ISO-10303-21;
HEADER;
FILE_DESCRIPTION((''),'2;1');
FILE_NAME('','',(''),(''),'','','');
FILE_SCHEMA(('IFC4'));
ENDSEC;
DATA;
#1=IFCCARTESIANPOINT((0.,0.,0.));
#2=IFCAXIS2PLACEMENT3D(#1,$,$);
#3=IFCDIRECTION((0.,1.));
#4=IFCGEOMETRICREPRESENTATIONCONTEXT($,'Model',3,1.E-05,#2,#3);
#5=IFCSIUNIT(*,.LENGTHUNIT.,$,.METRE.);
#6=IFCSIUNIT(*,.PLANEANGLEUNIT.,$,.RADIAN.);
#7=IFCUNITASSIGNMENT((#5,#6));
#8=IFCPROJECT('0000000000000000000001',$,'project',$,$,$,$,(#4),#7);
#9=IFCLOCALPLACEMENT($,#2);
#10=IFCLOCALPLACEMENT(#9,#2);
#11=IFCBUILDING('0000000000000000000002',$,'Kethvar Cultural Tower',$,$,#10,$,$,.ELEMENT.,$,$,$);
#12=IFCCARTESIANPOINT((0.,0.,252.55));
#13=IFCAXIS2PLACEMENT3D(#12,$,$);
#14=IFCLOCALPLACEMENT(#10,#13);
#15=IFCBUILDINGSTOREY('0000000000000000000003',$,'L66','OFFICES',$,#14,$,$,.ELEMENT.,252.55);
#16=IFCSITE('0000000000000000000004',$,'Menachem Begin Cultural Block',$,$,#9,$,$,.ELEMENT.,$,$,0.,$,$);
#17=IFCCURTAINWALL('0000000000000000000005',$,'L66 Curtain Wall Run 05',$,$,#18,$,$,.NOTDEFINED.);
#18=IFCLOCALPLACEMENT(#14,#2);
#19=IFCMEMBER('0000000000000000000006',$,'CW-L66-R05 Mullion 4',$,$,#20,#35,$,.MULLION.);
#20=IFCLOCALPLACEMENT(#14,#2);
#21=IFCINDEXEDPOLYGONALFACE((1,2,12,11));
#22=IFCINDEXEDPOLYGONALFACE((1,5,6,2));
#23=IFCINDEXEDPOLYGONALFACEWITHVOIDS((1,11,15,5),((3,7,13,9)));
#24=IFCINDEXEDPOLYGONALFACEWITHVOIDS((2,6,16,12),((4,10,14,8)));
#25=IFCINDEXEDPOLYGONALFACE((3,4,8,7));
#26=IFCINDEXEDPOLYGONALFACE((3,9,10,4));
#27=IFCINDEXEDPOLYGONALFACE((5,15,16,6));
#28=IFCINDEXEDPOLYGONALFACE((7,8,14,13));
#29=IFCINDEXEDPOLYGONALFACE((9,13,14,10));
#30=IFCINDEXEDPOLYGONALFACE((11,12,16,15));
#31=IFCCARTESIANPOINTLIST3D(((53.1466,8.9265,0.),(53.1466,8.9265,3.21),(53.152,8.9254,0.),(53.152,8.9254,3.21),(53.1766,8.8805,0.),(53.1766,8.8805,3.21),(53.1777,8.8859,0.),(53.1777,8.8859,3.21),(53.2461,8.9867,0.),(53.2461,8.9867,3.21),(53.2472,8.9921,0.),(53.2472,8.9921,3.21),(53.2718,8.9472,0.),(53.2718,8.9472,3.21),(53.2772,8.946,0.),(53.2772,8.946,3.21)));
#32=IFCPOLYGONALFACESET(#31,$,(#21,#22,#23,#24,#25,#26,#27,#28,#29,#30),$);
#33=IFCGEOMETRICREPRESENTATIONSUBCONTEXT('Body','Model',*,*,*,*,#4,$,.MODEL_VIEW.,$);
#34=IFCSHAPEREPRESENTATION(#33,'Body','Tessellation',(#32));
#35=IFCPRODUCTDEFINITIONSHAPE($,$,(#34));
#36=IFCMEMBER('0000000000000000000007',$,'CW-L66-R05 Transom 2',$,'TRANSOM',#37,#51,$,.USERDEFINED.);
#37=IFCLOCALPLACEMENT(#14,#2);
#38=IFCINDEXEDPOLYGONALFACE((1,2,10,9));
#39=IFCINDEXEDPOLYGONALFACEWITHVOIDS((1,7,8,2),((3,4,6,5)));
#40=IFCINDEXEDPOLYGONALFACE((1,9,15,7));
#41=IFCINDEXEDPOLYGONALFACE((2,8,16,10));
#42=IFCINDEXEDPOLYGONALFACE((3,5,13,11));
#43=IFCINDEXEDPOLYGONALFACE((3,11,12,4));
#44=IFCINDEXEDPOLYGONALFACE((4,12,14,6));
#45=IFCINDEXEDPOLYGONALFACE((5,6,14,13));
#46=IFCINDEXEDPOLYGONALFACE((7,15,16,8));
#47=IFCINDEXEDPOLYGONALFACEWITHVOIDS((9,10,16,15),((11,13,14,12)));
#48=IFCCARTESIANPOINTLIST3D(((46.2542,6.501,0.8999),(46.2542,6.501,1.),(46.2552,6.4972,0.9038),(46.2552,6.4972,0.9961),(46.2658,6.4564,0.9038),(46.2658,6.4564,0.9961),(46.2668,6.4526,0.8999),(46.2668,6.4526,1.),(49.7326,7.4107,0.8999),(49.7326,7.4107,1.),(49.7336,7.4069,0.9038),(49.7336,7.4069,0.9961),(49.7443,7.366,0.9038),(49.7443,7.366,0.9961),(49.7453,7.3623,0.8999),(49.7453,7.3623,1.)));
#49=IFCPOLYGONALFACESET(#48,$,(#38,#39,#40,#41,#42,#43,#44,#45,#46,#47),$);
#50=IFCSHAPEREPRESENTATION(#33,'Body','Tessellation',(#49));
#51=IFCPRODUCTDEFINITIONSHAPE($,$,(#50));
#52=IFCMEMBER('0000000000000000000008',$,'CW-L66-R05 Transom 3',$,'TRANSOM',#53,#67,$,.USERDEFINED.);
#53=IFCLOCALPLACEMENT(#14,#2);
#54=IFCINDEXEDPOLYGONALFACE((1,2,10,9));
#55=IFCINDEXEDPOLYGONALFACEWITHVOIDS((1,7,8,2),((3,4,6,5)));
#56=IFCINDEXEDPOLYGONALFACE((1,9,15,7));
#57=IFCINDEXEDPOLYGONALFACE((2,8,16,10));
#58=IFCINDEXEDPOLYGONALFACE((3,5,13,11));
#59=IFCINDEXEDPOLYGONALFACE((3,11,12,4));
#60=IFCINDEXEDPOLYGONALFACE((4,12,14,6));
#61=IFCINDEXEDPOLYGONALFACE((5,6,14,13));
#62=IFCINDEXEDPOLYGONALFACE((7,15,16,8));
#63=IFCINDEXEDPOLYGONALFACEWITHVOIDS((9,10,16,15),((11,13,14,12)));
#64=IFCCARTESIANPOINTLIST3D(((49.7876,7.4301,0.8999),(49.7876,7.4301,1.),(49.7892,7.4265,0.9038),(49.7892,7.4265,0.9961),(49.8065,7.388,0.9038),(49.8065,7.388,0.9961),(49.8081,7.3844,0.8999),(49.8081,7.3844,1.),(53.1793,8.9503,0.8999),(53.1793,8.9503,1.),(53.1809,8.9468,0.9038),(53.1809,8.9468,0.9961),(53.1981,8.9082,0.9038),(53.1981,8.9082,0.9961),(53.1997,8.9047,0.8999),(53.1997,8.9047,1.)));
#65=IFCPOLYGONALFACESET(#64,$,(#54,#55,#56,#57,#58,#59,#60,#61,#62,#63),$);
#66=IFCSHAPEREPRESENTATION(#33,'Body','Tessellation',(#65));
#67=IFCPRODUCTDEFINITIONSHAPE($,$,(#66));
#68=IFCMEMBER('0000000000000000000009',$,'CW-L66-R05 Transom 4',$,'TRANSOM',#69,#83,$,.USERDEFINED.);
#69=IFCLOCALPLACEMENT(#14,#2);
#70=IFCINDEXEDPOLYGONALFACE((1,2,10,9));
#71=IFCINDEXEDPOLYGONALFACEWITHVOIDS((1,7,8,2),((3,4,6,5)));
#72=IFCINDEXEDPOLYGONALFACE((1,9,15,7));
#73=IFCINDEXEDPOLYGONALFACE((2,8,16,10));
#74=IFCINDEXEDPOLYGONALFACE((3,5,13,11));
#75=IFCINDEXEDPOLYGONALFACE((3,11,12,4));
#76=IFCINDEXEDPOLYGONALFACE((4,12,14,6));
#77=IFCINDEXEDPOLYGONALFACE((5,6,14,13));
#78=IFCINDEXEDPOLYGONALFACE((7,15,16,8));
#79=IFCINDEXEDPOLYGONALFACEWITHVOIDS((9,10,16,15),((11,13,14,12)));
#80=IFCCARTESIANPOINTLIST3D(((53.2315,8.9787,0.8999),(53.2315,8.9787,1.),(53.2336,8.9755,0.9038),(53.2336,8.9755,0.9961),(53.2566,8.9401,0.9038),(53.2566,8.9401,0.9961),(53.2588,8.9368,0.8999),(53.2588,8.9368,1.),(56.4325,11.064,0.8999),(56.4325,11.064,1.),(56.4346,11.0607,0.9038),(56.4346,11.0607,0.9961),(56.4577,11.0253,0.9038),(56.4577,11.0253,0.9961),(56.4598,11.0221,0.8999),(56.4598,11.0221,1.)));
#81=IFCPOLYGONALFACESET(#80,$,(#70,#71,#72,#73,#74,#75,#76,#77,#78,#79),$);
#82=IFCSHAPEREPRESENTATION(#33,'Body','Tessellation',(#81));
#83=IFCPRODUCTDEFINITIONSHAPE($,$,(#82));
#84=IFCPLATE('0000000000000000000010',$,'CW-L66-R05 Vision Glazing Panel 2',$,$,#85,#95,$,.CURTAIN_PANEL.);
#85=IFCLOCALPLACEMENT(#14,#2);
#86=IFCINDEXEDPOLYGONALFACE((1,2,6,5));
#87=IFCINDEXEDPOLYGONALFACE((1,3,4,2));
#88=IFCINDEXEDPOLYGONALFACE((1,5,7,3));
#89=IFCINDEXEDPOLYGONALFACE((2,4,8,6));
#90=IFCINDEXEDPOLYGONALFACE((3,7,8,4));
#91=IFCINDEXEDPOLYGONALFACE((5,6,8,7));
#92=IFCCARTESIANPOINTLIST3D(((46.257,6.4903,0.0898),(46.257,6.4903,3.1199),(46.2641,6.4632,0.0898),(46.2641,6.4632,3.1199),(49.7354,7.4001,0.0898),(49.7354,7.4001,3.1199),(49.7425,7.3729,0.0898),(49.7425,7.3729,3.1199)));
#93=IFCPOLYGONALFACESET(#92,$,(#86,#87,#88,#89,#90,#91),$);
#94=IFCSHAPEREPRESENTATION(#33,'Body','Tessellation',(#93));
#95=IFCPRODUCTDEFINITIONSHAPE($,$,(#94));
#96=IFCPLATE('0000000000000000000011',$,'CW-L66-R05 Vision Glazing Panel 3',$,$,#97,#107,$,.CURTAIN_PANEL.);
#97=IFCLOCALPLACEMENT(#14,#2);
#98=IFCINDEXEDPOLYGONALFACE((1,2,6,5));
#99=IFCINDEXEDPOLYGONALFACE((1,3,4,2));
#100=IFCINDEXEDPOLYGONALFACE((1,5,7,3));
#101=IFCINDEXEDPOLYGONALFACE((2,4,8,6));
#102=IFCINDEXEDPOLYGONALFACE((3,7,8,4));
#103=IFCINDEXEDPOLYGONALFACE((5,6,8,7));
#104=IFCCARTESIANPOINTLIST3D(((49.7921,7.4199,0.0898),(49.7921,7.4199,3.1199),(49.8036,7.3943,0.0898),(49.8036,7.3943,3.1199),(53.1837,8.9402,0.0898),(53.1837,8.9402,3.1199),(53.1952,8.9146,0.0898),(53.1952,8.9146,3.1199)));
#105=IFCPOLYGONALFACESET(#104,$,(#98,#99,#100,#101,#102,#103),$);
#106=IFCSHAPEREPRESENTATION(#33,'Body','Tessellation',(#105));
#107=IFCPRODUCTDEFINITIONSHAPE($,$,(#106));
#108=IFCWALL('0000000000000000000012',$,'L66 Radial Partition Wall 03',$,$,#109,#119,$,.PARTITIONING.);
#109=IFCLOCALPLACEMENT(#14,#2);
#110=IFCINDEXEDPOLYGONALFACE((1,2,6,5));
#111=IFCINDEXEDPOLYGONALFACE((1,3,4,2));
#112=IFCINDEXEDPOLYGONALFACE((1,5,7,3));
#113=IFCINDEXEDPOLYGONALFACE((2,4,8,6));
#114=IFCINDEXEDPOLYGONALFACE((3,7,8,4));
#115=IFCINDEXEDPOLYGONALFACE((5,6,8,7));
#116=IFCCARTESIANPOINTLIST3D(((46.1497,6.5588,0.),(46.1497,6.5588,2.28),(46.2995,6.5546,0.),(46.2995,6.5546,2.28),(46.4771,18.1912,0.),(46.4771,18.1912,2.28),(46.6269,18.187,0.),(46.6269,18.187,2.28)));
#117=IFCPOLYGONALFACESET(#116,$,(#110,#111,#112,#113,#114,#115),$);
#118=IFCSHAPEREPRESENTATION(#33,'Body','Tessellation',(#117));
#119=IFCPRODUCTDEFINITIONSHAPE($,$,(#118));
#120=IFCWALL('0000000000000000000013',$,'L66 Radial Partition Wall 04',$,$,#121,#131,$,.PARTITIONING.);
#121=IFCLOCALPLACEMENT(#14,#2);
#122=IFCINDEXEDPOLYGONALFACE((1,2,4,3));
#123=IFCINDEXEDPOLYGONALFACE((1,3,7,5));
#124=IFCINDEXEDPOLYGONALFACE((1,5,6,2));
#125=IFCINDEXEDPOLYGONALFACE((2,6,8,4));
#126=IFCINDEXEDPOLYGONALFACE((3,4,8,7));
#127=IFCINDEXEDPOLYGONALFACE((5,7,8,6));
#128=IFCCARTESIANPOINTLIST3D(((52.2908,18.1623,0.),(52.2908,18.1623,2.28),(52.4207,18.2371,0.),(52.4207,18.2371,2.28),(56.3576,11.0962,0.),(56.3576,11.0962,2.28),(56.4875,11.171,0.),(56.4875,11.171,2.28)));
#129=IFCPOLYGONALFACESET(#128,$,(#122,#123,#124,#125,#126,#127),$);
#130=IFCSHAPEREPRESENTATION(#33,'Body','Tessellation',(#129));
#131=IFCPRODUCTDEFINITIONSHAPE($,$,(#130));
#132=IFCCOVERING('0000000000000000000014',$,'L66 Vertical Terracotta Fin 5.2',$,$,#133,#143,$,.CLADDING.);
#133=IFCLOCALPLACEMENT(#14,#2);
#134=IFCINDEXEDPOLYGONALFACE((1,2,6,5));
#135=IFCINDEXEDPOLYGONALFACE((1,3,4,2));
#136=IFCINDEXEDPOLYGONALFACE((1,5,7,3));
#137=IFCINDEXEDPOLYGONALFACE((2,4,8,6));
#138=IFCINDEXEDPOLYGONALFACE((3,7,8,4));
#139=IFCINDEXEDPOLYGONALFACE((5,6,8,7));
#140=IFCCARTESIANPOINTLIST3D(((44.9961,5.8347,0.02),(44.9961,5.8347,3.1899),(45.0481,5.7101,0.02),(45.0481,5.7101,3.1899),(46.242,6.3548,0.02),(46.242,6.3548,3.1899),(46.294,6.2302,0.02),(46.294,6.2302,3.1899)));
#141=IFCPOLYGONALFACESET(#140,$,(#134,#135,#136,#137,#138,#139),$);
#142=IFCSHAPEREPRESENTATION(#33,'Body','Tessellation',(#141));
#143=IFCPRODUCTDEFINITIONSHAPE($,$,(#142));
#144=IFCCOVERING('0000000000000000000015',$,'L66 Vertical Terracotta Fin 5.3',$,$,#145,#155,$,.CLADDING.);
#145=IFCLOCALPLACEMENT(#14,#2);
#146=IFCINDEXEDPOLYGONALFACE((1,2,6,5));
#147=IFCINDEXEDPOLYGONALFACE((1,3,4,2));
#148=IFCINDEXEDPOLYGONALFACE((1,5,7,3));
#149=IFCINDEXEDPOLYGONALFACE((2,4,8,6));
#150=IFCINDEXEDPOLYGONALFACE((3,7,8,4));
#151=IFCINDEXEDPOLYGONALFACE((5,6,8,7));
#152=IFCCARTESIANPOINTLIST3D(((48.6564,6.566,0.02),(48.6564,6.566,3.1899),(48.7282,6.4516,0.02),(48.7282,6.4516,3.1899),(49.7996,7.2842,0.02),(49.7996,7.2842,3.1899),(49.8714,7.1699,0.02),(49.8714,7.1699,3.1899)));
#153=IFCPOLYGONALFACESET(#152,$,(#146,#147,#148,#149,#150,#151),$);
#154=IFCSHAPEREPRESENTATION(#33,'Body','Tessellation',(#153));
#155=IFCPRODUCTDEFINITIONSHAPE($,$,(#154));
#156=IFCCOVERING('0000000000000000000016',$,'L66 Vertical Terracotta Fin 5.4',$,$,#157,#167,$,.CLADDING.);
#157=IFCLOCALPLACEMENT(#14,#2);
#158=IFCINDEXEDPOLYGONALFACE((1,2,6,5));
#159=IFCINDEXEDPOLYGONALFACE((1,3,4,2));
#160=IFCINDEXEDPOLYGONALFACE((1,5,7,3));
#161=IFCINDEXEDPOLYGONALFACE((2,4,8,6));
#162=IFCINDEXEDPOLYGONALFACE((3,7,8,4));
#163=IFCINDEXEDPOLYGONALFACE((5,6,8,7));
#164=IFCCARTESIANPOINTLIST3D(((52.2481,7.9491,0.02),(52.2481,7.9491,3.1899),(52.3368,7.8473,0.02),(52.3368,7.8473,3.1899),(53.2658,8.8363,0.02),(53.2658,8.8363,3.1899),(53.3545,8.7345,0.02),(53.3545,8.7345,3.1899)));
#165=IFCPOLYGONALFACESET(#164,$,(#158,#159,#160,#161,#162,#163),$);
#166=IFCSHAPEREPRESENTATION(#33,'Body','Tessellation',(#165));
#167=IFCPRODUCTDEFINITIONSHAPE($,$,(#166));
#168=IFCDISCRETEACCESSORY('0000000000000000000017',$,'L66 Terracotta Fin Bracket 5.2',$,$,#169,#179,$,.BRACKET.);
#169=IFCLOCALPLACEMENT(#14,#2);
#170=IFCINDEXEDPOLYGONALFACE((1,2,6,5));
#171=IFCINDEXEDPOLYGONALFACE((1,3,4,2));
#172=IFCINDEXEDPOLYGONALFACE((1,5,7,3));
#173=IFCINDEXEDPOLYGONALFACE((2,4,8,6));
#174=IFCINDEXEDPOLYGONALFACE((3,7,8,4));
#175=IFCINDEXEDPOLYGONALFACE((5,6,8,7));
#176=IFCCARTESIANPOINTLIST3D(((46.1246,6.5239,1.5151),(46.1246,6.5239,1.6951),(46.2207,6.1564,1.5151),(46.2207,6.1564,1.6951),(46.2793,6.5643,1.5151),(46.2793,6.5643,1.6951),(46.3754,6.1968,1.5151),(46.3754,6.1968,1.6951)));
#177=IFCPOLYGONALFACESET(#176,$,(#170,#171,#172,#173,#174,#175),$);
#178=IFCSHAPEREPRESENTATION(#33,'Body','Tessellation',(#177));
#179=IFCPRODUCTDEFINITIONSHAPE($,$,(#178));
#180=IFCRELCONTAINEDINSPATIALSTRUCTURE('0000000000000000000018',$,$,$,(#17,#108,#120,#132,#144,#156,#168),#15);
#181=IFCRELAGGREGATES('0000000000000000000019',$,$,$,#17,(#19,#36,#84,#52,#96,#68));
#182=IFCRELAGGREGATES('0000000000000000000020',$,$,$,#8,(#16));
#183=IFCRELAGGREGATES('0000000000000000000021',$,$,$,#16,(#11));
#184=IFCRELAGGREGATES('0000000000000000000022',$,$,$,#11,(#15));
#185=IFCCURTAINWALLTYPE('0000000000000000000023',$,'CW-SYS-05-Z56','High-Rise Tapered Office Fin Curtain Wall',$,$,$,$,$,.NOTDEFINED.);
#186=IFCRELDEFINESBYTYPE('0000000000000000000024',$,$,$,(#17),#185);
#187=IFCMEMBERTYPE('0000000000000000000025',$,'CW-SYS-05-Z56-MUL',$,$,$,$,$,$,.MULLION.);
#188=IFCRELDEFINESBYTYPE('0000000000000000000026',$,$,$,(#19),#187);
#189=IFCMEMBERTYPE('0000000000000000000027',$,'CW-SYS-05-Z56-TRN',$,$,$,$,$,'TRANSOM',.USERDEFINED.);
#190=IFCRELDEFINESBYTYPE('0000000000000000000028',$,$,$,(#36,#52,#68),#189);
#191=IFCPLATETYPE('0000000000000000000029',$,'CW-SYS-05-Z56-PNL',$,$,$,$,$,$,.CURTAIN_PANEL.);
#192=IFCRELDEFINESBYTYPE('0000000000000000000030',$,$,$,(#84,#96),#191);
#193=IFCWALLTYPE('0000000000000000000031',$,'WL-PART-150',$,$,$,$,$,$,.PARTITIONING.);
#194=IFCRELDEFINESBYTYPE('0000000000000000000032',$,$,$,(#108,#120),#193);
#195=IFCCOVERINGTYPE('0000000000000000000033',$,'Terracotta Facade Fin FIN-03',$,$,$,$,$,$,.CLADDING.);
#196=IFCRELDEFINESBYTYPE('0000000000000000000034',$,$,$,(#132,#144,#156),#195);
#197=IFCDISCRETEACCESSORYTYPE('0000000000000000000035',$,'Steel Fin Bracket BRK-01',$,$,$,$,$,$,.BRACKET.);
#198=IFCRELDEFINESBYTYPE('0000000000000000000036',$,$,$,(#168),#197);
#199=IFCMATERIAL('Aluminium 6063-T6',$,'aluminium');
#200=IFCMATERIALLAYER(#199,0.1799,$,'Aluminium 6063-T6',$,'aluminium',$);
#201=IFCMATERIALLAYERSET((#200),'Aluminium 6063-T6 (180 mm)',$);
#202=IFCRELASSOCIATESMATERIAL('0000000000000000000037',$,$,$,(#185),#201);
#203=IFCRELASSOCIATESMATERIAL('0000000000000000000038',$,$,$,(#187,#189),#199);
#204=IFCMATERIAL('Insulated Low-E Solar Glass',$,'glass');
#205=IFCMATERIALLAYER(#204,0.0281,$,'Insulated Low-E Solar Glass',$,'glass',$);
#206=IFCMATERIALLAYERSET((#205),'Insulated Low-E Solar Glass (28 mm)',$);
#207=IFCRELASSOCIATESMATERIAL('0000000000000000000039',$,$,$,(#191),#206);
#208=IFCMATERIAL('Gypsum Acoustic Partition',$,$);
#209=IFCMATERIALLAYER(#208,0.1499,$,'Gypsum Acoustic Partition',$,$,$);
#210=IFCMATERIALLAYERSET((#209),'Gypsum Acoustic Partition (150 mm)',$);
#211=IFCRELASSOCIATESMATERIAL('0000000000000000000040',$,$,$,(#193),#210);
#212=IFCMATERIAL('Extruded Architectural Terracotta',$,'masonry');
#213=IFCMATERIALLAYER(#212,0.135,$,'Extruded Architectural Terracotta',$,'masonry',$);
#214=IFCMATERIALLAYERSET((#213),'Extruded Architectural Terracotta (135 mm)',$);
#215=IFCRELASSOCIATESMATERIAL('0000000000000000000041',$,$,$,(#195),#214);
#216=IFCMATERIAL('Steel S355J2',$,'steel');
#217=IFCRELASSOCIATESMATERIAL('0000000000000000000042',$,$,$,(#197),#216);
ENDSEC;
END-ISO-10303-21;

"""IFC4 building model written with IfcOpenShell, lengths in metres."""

from ifc_helpers import new_model, si_unit, direction, frame, frame_2d, origin, origin_2d, place, context, subcontext, project, spatial, rectangle, hollow_rectangle, extrude, source, transform, mapped, material, layer, layer_set, material_profile, profile_set, type_object, element, aggregate, save


model = new_model("IFC4")

# Units and contexts
model_context = context("Model", 3, precision=1e-05, world=origin(), true_north=direction((0.0, 1.0)))
body_context = subcontext(model_context, "Body", "Model", "MODEL_VIEW")
ifc_project = project(units=[si_unit("LENGTHUNIT", "METRE"), si_unit("PLANEANGLEUNIT", "RADIAN")], contexts=[model_context])

# Site, building, storey
site_placement = place(None, origin())
site = spatial("IfcSite", under=ifc_project, at=site_placement, Name="Menachem Begin Cultural Block", CompositionType="ELEMENT", RefElevation=0.0)
building_placement = place(site_placement, origin())
building = spatial("IfcBuilding", under=site, at=building_placement, Name="Kethvar Cultural Tower", CompositionType="ELEMENT")
storey_placement = place(building_placement, frame((0.0, 0.0, 252.55)))
storey = spatial("IfcBuildingStorey", under=building, at=storey_placement, Name="L66", Description="OFFICES", CompositionType="ELEMENT", Elevation=252.55)

# Shared definitions
ifc_material_1 = material(Name="Steel S355J2", Category="steel")

# Curtain wall, members, plates
ifc_material_2 = material(Name="Aluminium 6063-T6", Category="aluminium")
ifc_layer_1 = layer(ifc_material_2, 0.1799, Name="Aluminium 6063-T6", Category="aluminium")
ifc_layer_set_1 = layer_set([ifc_layer_1], Name="Aluminium 6063-T6 (180 mm)")
curtain_wall_type = type_object("IfcCurtainWallType", Name="CW-SYS-05-Z56", Description="High-Rise Tapered Office Fin Curtain Wall", PredefinedType="NOTDEFINED", material=ifc_layer_set_1)
curtain_wall_placement = place(storey_placement, origin())
curtain_wall = element("IfcCurtainWall", 1, at=curtain_wall_placement, inside=storey, type_object=curtain_wall_type, Name="L66 Curtain Wall Run 05", PredefinedType="NOTDEFINED")
ifc_material_profile_1 = material_profile(ifc_material_2, hollow_rectangle(XDim=0.0549, YDim=0.1201, WallThickness=0.0039, at=origin_2d()), Name="Aluminium 6063-T6 — RHS120x55x4")
ifc_profile_set_1 = profile_set([ifc_material_profile_1], Name="Aluminium 6063-T6 — RHS120x55x4")
member_type_1 = type_object("IfcMemberType", Name="CW-SYS-05-Z56-MUL", PredefinedType="MULLION", material=ifc_profile_set_1)
shared_shape_1 = source(origin(), body_context, "Body", "SweptSolid", [
    extrude(hollow_rectangle(XDim=0.0549, YDim=0.1201, WallThickness=0.0039, at=origin_2d()), origin(), (0.0, 0.0, 1.0), 3.21),
])
member_1_placement = place(storey_placement, frame((53.2119, 8.9363, 0.0), z_axis=(0.0, 0.0, 1.0), x_axis=(-0.545795, 0.837919, 0.0)))
member_1 = element("IfcMember", 2, at=member_1_placement, type_object=member_type_1, Name="CW-L66-R05 Mullion 4", PredefinedType="MULLION", context=body_context, shape_type="MappedRepresentation", body=[
    mapped(shared_shape_1, transform((0.0, 0.0, 0.0), scale=1.0)),
])
ifc_material_profile_2 = material_profile(ifc_material_2, hollow_rectangle(XDim=0.05, YDim=0.1001, WallThickness=0.0039, at=origin_2d()), Name="Aluminium 6063-T6 — RHS100x50x4")
ifc_profile_set_2 = profile_set([ifc_material_profile_2], Name="Aluminium 6063-T6 — RHS100x50x4")
member_type_2 = type_object("IfcMemberType", Name="CW-SYS-05-Z56-TRN", ElementType="TRANSOM", PredefinedType="USERDEFINED", material=ifc_profile_set_2)
shared_shape_2 = source(origin(), body_context, "Body", "SweptSolid", [
    extrude(hollow_rectangle(XDim=0.05, YDim=0.1001, WallThickness=0.0039, at=origin_2d()), origin(), (0.0, 0.0, 1.0), 3.5955),
])
member_2_placement = place(storey_placement, frame((46.2605, 6.4768, 0.95), z_axis=(0.967466, 0.253002, 0.0), x_axis=(-0.253002, 0.967466, 0.0)))
member_2 = element("IfcMember", 3, at=member_2_placement, type_object=member_type_2, Name="CW-L66-R05 Transom 2", ObjectType="TRANSOM", PredefinedType="USERDEFINED", context=body_context, shape_type="MappedRepresentation", body=[
    mapped(shared_shape_2, transform((0.0, 0.0, 0.0), scale=1.0)),
])
shared_shape_3 = source(origin(), body_context, "Body", "SweptSolid", [
    extrude(hollow_rectangle(XDim=0.05, YDim=0.1001, WallThickness=0.0039, at=origin_2d()), origin(), (0.0, 0.0, 1.0), 3.7168),
])
member_3_placement = place(storey_placement, frame((49.7979, 7.4072, 0.95), z_axis=(0.91252, 0.409031, 0.0), x_axis=(-0.409031, 0.91252, 0.0)))
member_3 = element("IfcMember", 4, at=member_3_placement, type_object=member_type_2, Name="CW-L66-R05 Transom 3", ObjectType="TRANSOM", PredefinedType="USERDEFINED", context=body_context, shape_type="MappedRepresentation", body=[
    mapped(shared_shape_3, transform((0.0, 0.0, 0.0), scale=1.0)),
])
shared_shape_4 = source(origin(), body_context, "Body", "SweptSolid", [
    extrude(hollow_rectangle(XDim=0.05, YDim=0.1001, WallThickness=0.0039, at=origin_2d()), origin(), (0.0, 0.0, 1.0), 3.8203),
])
member_4_placement = place(storey_placement, frame((53.2451, 8.9578, 0.95), z_axis=(0.837893, 0.545835, 0.0), x_axis=(-0.545835, 0.837893, 0.0)))
member_4 = element("IfcMember", 5, at=member_4_placement, type_object=member_type_2, Name="CW-L66-R05 Transom 4", ObjectType="TRANSOM", PredefinedType="USERDEFINED", context=body_context, shape_type="MappedRepresentation", body=[
    mapped(shared_shape_4, transform((0.0, 0.0, 0.0), scale=1.0)),
])
ifc_material_3 = material(Name="Insulated Low-E Solar Glass", Category="glass")
ifc_layer_2 = layer(ifc_material_3, 0.0281, Name="Insulated Low-E Solar Glass", Category="glass")
ifc_layer_set_2 = layer_set([ifc_layer_2], Name="Insulated Low-E Solar Glass (28 mm)")
plate_type = type_object("IfcPlateType", Name="CW-SYS-05-Z56-PNL", PredefinedType="CURTAIN_PANEL", material=ifc_layer_set_2)
shared_shape_5 = source(origin(), body_context, "Body", "SweptSolid", [
    extrude(rectangle(XDim=3.5955, YDim=0.0281, at=origin_2d()), origin(), (0.0, 0.0, 1.0), 3.03),
])
plate_1_placement = place(storey_placement, frame((47.9998, 6.9316, 0.0898), z_axis=(0.0, 0.0, 1.0), x_axis=(0.967458, 0.253032, 0.0)))
plate_1 = element("IfcPlate", 6, at=plate_1_placement, type_object=plate_type, Name="CW-L66-R05 Vision Glazing Panel 2", PredefinedType="CURTAIN_PANEL", context=body_context, shape_type="MappedRepresentation", body=[
    mapped(shared_shape_5, transform((0.0, 0.0, 0.0), scale=1.0)),
])
shared_shape_6 = source(origin(), body_context, "Body", "SweptSolid", [
    extrude(rectangle(XDim=3.7168, YDim=0.0281, at=origin_2d()), origin(), (0.0, 0.0, 1.0), 3.03),
])
plate_2_placement = place(storey_placement, frame((51.4937, 8.1672, 0.0898), z_axis=(0.0, 0.0, 1.0), x_axis=(0.91252, 0.409031, 0.0)))
plate_2 = element("IfcPlate", 7, at=plate_2_placement, type_object=plate_type, Name="CW-L66-R05 Vision Glazing Panel 3", PredefinedType="CURTAIN_PANEL", context=body_context, shape_type="MappedRepresentation", body=[
    mapped(shared_shape_6, transform((0.0, 0.0, 0.0), scale=1.0)),
])
aggregate(curtain_wall, [member_1, member_2, plate_1, member_3, plate_2, member_4])

# Walls
ifc_material_4 = material(Name="Gypsum Acoustic Partition")
ifc_layer_3 = layer(ifc_material_4, 0.1499, Name="Gypsum Acoustic Partition")
ifc_layer_set_3 = layer_set([ifc_layer_3], Name="Gypsum Acoustic Partition (150 mm)")
wall_type = type_object("IfcWallType", Name="WL-PART-150", PredefinedType="PARTITIONING", material=ifc_layer_set_3)
wall_1_placement = place(storey_placement, frame((46.552, 18.189, 0.0), z_axis=(0.0, 0.0, 1.0), x_axis=(-0.028134, -0.999604, 0.0)))
element("IfcWall", 8, at=wall_1_placement, inside=storey, type_object=wall_type, Name="L66 Radial Partition Wall 03", PredefinedType="PARTITIONING", context=body_context, shape_type="SweptSolid", body=[
    extrude(rectangle(XDim=11.637, YDim=0.1499, at=frame_2d((5.8184, 0.0))), origin(), (0.0, 0.0, 1.0), 2.28),
])
wall_2_placement = place(storey_placement, frame((52.3557, 18.1997, 0.0), z_axis=(0.0, 0.0, 1.0), x_axis=(0.498826, -0.866702, 0.0)))
element("IfcWall", 9, at=wall_2_placement, inside=storey, type_object=wall_type, Name="L66 Radial Partition Wall 04", PredefinedType="PARTITIONING", context=body_context, shape_type="SweptSolid", body=[
    extrude(rectangle(XDim=8.1528, YDim=0.1499, at=frame_2d((4.0764, 0.0))), origin(), (0.0, 0.0, 1.0), 2.28),
])

# Coverings
ifc_material_5 = material(Name="Extruded Architectural Terracotta", Category="masonry")
ifc_layer_4 = layer(ifc_material_5, 0.135, Name="Extruded Architectural Terracotta", Category="masonry")
ifc_layer_set_4 = layer_set([ifc_layer_4], Name="Extruded Architectural Terracotta (135 mm)")
covering_type = type_object("IfcCoveringType", Name="Terracotta Facade Fin FIN-03", PredefinedType="CLADDING", material=ifc_layer_set_4)
shared_shape_7 = source(origin(), body_context, "Body", "SweptSolid", [
    extrude(rectangle(XDim=1.3501, YDim=0.135, at=origin_2d()), origin(), (0.0, 0.0, 1.0), 3.1699),
])
for number, where, z_axis, x_axis, name in (
    (10, (45.645, 6.0325, 0.02), (0.0, 0.0, 1.0), (-0.922807, -0.385262, 0.0), "L66 Vertical Terracotta Fin 5.2"),
    (11, (49.2639, 6.8679, 0.02), (0.0, 0.0, 1.0), (-0.846751, -0.53199, 0.0), "L66 Vertical Terracotta Fin 5.3"),
    (12, (52.8013, 8.3418, 0.02), (0.0, 0.0, 1.0), (-0.753793, -0.657112, 0.0), "L66 Vertical Terracotta Fin 5.4"),
):
    element("IfcCovering", number, at=place(storey_placement, frame(where, z_axis=z_axis, x_axis=x_axis)), inside=storey, type_object=covering_type, Name=name, PredefinedType="CLADDING", context=body_context, shape_type="MappedRepresentation", body=[
        mapped(shared_shape_7, transform((0.0, 0.0, 0.0), scale=1.0)),
    ])

# Discrete accessory
discrete_accessory_type = type_object("IfcDiscreteAccessoryType", Name="Steel Fin Bracket BRK-01", PredefinedType="BRACKET", material=ifc_material_1)
shared_shape_8 = source(origin(), body_context, "Body", "SweptSolid", [
    extrude(rectangle(XDim=0.3799, YDim=0.1599, at=origin_2d()), origin(), (0.0, 0.0, 1.0), 0.1799),
])
for number, where, z_axis, x_axis, name in (
    (13, (46.25, 6.3604, 1.5151), (0.0, 0.0, 1.0), (0.253083, -0.967445, 0.0), "L66 Terracotta Fin Bracket 5.2"),
):
    element("IfcDiscreteAccessory", number, at=place(storey_placement, frame(where, z_axis=z_axis, x_axis=x_axis)), inside=storey, type_object=discrete_accessory_type, Name=name, PredefinedType="BRACKET", context=body_context, shape_type="MappedRepresentation", body=[
        mapped(shared_shape_8, transform((0.0, 0.0, 0.0), scale=1.0)),
    ])

save(model, "model.ifc")
